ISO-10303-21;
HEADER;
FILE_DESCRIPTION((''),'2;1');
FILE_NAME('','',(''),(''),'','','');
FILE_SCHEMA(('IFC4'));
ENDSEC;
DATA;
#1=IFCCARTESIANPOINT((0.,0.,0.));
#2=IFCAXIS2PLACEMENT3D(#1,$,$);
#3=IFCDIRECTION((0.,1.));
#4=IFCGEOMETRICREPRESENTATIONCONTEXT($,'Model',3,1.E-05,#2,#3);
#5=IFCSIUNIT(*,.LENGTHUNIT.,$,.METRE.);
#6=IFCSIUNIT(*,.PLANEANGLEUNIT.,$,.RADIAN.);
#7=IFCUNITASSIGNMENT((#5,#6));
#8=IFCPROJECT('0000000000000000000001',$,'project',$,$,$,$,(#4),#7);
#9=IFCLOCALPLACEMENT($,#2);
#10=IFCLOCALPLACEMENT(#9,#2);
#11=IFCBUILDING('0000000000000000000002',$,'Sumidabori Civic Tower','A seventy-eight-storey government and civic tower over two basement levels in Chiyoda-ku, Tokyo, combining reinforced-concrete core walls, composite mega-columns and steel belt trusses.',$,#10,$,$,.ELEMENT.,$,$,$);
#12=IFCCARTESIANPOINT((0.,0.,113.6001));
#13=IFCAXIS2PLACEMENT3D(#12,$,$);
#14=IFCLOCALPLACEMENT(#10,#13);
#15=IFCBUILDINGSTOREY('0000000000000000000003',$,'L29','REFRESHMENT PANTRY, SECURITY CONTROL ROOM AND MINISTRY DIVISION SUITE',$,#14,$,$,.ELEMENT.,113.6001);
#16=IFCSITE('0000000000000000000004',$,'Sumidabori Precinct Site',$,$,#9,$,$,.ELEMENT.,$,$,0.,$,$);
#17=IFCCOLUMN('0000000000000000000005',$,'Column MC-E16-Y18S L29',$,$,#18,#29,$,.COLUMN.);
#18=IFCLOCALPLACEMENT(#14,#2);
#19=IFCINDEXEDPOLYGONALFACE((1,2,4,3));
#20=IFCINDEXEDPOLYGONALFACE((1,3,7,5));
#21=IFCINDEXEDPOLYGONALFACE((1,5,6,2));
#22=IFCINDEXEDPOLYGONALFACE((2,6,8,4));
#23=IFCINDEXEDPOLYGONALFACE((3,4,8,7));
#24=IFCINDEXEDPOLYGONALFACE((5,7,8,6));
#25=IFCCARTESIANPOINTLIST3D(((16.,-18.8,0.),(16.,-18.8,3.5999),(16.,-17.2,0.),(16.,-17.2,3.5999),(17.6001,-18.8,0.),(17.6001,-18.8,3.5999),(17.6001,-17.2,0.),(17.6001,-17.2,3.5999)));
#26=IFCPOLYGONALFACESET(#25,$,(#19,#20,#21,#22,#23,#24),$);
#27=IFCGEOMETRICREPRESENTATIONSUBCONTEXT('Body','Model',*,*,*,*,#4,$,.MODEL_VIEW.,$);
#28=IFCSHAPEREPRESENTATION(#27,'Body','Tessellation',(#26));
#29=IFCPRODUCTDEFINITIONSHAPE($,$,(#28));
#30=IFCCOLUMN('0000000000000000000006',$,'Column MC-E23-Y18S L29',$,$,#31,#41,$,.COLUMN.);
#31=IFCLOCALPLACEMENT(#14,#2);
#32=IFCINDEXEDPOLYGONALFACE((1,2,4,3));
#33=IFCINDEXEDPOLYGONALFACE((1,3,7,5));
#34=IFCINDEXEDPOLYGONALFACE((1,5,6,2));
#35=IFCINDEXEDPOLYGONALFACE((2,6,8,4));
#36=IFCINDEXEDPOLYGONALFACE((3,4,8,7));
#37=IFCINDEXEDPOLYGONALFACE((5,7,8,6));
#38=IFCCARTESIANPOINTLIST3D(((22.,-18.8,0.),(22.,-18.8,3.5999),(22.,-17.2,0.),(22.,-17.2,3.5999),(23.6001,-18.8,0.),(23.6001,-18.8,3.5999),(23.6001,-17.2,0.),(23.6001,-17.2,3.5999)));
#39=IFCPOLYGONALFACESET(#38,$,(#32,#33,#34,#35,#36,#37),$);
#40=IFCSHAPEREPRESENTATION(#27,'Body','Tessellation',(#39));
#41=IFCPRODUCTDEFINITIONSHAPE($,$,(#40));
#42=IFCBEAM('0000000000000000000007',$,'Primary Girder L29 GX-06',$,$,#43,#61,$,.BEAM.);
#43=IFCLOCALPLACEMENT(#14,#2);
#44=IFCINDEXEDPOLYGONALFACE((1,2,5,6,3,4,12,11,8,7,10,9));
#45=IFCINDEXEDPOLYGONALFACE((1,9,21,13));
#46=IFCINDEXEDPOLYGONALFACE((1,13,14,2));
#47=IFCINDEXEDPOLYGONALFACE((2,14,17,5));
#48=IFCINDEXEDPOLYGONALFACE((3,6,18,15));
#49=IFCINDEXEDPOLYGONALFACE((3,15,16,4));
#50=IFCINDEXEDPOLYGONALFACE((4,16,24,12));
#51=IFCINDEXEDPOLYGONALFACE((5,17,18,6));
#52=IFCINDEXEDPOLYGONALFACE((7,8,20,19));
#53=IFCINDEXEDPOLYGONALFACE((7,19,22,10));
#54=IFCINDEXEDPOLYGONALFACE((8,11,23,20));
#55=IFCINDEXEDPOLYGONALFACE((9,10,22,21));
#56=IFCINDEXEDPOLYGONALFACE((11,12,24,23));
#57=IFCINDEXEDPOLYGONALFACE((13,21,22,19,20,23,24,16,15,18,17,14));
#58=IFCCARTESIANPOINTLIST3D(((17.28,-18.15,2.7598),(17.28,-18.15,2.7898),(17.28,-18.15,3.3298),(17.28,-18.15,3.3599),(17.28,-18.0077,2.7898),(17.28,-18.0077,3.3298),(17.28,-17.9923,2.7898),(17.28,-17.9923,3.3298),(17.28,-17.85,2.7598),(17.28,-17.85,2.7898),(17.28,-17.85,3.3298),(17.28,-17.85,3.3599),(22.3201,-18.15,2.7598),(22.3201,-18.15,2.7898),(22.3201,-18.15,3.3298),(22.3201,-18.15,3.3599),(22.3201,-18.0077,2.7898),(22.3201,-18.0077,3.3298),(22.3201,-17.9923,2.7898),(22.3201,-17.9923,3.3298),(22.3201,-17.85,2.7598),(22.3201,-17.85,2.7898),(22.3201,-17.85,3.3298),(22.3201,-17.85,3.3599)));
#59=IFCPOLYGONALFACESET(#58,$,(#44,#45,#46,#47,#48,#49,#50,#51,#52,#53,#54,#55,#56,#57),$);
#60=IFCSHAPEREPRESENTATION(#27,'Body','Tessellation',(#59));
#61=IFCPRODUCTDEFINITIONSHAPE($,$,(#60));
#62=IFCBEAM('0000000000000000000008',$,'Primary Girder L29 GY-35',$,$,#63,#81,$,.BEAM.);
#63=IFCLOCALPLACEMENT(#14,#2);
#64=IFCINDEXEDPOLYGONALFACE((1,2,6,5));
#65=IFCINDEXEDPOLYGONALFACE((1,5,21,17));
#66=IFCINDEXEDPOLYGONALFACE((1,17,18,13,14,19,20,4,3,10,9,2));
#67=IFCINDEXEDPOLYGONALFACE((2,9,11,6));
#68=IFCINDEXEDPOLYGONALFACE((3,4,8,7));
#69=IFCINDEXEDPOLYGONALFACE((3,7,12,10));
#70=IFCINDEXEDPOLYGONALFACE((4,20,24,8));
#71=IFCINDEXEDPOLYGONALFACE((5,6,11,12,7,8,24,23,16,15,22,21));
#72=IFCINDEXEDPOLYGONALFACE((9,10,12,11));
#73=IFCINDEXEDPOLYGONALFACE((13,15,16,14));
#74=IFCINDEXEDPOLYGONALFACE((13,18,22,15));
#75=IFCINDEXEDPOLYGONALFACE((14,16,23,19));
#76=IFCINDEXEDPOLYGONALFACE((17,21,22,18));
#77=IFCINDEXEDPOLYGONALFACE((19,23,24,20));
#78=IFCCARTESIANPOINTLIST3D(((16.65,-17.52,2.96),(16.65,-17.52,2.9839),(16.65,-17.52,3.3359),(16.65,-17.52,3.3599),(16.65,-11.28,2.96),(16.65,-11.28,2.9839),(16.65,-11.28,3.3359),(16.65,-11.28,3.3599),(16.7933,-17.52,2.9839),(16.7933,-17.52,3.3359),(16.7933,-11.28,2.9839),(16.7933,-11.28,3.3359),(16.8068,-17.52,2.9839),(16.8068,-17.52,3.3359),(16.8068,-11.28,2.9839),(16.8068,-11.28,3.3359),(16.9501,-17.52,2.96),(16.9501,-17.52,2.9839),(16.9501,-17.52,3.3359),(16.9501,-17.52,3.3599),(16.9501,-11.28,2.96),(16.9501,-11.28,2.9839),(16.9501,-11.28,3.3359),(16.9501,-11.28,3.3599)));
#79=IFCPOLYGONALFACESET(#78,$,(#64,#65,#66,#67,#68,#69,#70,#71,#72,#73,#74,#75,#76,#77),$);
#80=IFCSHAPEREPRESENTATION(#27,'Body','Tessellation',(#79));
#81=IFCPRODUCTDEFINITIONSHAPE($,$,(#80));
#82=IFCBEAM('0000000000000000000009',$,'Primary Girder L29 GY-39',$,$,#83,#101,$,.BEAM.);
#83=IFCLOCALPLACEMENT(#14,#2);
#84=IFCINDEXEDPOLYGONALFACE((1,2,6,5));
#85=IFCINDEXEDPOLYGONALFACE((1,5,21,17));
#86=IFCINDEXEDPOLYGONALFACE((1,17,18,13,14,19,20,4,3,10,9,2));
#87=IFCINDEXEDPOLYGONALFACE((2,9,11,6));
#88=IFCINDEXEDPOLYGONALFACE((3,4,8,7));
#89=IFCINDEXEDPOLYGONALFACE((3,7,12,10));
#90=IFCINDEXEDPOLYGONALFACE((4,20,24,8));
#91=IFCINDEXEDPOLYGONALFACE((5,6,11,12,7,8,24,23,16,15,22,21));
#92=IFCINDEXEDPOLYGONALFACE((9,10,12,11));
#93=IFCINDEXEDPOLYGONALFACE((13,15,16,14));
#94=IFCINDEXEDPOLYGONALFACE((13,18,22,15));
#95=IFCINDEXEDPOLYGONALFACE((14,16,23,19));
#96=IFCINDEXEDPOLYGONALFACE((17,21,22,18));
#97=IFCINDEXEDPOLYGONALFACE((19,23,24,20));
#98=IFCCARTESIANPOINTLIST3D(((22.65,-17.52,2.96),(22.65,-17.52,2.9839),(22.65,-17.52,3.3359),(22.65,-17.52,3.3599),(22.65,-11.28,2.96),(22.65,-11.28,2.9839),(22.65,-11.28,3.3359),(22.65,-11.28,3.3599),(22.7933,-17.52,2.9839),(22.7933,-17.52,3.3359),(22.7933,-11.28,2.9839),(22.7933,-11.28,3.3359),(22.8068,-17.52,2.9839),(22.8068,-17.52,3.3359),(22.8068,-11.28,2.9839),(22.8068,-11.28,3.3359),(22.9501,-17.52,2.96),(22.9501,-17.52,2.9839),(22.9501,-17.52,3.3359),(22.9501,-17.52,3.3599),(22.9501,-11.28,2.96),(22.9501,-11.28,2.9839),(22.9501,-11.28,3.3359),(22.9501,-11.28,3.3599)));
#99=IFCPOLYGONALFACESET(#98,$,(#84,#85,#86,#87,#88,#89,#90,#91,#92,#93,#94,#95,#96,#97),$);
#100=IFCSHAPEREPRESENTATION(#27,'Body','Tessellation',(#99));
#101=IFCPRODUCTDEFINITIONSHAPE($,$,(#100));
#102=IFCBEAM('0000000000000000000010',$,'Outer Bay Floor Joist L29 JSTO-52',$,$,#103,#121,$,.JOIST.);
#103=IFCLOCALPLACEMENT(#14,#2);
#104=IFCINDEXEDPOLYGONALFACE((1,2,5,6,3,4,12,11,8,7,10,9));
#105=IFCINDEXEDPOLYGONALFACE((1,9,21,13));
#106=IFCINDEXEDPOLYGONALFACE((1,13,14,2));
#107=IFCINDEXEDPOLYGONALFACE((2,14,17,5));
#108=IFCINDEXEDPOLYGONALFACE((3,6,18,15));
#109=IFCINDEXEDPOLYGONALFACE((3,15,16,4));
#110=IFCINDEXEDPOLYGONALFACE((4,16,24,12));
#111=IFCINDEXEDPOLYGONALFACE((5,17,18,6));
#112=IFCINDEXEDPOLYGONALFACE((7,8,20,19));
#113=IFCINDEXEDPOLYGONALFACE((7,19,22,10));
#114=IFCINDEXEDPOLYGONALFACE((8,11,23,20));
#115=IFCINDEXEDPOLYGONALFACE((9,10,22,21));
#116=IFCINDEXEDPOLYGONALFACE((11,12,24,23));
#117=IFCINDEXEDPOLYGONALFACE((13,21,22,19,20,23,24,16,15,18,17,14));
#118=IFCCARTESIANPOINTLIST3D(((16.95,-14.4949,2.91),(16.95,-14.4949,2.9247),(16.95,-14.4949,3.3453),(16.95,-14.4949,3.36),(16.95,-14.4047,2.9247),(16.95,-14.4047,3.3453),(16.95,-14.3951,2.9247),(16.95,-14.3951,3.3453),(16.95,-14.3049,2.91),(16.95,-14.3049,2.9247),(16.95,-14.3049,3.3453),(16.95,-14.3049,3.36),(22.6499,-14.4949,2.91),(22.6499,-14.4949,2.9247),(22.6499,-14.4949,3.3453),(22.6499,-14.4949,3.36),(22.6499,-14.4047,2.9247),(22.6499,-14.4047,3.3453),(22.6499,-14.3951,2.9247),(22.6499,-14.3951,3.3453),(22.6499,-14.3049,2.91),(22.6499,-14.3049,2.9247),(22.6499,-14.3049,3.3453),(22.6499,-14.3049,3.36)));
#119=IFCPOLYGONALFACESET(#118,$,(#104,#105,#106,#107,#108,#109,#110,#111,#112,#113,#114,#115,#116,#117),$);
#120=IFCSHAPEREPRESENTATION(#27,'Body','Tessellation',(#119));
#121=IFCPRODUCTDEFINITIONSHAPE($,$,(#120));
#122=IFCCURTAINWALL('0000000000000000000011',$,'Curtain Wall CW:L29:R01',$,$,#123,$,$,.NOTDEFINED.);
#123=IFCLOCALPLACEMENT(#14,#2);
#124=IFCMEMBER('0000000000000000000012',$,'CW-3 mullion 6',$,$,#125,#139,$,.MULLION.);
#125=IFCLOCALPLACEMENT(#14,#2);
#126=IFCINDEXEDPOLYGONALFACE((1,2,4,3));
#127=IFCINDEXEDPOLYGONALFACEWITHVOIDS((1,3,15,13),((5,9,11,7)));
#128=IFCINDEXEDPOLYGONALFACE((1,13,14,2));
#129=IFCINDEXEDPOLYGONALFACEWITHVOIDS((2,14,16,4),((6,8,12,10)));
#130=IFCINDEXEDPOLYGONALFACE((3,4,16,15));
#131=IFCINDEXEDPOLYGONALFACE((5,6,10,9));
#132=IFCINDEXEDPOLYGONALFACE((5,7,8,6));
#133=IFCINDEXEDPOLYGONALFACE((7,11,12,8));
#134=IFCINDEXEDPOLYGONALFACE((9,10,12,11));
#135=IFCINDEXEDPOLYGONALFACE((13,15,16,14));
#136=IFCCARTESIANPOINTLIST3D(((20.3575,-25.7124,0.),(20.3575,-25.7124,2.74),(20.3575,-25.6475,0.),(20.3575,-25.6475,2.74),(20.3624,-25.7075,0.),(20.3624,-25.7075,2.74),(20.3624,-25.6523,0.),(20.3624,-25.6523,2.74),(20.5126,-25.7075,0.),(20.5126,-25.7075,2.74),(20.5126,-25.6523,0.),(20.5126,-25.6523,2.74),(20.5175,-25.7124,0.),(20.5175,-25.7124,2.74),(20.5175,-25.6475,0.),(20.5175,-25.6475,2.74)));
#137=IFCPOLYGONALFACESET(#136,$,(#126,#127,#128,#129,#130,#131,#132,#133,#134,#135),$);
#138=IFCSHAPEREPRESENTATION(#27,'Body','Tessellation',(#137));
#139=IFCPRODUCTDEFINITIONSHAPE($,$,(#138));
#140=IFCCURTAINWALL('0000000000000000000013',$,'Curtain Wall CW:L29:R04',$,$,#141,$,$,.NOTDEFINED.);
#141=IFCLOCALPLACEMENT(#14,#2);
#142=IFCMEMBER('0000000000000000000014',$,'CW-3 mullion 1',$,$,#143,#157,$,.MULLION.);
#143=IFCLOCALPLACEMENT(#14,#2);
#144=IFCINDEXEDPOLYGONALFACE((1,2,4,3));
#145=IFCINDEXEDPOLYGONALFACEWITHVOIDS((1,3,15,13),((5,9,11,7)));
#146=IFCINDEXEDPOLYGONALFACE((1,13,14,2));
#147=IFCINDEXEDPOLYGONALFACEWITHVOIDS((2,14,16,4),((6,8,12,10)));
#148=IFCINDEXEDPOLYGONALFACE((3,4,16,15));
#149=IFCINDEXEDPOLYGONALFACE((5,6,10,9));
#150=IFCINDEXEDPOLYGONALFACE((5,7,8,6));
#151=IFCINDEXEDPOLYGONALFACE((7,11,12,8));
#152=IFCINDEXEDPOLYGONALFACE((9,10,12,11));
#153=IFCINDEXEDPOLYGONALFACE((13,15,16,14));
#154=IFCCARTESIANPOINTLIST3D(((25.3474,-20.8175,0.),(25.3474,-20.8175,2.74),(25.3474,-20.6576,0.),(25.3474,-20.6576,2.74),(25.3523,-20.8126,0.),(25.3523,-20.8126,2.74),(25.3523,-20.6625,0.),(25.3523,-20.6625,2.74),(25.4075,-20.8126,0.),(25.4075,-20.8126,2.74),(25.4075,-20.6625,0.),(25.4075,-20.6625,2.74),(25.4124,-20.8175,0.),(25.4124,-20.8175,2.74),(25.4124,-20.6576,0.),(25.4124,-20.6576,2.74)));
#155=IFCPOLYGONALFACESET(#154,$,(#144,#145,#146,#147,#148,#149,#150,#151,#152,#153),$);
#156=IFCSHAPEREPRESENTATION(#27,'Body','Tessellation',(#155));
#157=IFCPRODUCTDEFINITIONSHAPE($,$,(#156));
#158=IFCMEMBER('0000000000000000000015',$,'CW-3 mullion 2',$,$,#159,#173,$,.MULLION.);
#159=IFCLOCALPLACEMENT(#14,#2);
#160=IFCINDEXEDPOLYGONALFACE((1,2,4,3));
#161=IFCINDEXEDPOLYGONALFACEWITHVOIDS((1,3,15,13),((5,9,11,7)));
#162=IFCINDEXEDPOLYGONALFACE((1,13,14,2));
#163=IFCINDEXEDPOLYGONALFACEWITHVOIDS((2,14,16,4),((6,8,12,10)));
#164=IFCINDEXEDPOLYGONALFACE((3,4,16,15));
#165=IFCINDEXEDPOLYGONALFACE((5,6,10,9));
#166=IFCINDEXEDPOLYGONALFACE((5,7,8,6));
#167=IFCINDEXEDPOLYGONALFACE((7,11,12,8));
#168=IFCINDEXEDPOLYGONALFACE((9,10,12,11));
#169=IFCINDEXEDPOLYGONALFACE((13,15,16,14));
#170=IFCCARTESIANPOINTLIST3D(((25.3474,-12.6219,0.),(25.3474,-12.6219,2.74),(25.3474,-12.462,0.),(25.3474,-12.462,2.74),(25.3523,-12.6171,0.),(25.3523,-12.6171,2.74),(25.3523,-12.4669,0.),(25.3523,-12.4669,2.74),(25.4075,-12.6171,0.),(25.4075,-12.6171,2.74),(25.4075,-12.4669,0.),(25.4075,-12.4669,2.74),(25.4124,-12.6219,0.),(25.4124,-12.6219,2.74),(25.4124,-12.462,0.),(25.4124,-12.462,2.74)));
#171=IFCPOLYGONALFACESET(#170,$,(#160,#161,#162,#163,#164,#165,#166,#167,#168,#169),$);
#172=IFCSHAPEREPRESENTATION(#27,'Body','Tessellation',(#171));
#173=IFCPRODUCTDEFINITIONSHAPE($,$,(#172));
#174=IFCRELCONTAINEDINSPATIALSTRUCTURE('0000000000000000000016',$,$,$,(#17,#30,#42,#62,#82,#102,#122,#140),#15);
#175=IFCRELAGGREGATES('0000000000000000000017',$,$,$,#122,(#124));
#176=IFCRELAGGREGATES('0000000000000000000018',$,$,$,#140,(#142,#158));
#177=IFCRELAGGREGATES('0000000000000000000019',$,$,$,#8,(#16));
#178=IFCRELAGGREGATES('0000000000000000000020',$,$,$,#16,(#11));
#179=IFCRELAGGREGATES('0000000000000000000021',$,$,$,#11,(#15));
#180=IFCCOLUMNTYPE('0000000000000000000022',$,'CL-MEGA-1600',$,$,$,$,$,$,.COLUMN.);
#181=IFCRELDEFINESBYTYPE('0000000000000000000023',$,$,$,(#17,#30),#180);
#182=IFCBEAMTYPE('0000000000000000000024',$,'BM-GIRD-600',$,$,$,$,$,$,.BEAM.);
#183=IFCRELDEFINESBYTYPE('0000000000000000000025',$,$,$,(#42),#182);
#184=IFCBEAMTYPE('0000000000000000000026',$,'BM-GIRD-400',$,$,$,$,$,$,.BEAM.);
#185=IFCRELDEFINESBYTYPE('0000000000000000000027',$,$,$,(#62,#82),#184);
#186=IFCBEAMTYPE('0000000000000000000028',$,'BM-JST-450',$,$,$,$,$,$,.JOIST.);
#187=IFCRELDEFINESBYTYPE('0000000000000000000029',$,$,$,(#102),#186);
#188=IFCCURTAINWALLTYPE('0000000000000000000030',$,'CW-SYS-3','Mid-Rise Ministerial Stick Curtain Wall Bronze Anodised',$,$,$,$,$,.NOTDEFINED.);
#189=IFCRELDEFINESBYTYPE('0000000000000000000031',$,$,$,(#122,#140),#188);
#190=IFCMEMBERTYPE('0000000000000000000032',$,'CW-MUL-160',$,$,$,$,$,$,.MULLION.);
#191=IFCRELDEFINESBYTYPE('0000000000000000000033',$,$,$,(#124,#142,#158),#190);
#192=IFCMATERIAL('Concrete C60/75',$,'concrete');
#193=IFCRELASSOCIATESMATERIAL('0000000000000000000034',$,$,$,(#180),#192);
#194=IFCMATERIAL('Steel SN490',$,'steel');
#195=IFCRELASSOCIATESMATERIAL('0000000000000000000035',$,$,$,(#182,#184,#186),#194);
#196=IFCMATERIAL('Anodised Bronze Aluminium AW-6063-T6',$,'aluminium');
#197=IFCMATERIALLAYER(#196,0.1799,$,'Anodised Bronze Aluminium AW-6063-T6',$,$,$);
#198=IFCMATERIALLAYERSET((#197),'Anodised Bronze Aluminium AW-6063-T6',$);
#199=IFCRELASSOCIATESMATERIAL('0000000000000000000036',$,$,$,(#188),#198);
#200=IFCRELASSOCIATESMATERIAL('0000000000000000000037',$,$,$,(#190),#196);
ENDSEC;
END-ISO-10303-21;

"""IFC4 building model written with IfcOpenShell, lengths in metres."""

from ifc_helpers import new_model, si_unit, direction, frame, origin, origin_2d, place, context, subcontext, project, spatial, rectangle, hollow_rectangle, i_section, extrude, source, transform, mapped, material, layer, layer_set, material_profile, profile_set, type_object, element, aggregate, save


model = new_model("IFC4")

# Units and contexts
model_context = context("Model", 3, precision=1e-05, world=origin(), true_north=direction((0.0, 1.0)))
body_context = subcontext(model_context, "Body", "Model", "MODEL_VIEW")
ifc_project = project(units=[si_unit("LENGTHUNIT", "METRE"), si_unit("PLANEANGLEUNIT", "RADIAN")], contexts=[model_context])

# Site, building, storey
site_placement = place(None, origin())
site = spatial("IfcSite", under=ifc_project, at=site_placement, Name="Sumidabori Precinct Site", CompositionType="ELEMENT", RefElevation=0.0)
building_placement = place(site_placement, origin())
building = spatial("IfcBuilding", under=site, at=building_placement, Name="Sumidabori Civic Tower", Description="A seventy-eight-storey government and civic tower over two basement levels in Chiyoda-ku, Tokyo, combining reinforced-concrete core walls, composite mega-columns and steel belt trusses.", CompositionType="ELEMENT")
storey_placement = place(building_placement, frame((0.0, 0.0, 113.6001)))
storey = spatial("IfcBuildingStorey", under=building, at=storey_placement, Name="L29", Description="REFRESHMENT PANTRY, SECURITY CONTROL ROOM AND MINISTRY DIVISION SUITE", CompositionType="ELEMENT", Elevation=113.6001)

# Columns
ifc_material_1 = material(Name="Concrete C60/75", Category="concrete")
ifc_material_profile_1 = material_profile(ifc_material_1, rectangle(XDim=1.6001, YDim=1.6001, at=origin_2d()), Name="RC 1600x1600")
ifc_profile_set_1 = profile_set([ifc_material_profile_1], Name="Concrete C60/75")
column_type = type_object("IfcColumnType", Name="CL-MEGA-1600", PredefinedType="COLUMN", material=ifc_profile_set_1)
shared_shape_1 = source(origin(), body_context, "Body", "SweptSolid", [
    extrude(rectangle(XDim=1.6001, YDim=1.6001, at=origin_2d()), origin(), (0.0, 0.0, 1.0), 3.5999),
])
for number, where, z_axis, x_axis, name in (
    (1, (16.8, -18.0, 0.0), (0.0, 0.0, 1.0), (1.0, 0.0, 0.0), "Column MC-E16-Y18S L29"),
    (2, (22.8, -18.0, 0.0), (0.0, 0.0, 1.0), (1.0, 0.0, 0.0), "Column MC-E23-Y18S L29"),
):
    element("IfcColumn", number, at=place(storey_placement, frame(where, z_axis=z_axis, x_axis=x_axis)), inside=storey, type_object=column_type, Name=name, PredefinedType="COLUMN", context=body_context, shape_type="MappedRepresentation", body=[
        mapped(shared_shape_1, transform((0.0, 0.0, 0.0), x_axis=(1.0, 0.0, 0.0), y_axis=(0.0, 1.0, 0.0), z_axis=(0.0, 0.0, 1.0), scale=1.0)),
    ])

# Beams
ifc_material_2 = material(Name="Steel SN490", Category="steel")
ifc_material_profile_2 = material_profile(ifc_material_2, i_section(OverallWidth=0.3, OverallDepth=0.6001, WebThickness=0.0154, FlangeThickness=0.03, at=origin_2d()), Name="HE 600 B")
ifc_profile_set_2 = profile_set([ifc_material_profile_2], Name="Steel SN490")
beam_type_1 = type_object("IfcBeamType", Name="BM-GIRD-600", PredefinedType="BEAM", material=ifc_profile_set_2)
shared_shape_2 = source(origin(), body_context, "Body", "SweptSolid", [
    extrude(i_section(OverallWidth=0.3, OverallDepth=0.6001, WebThickness=0.0154, FlangeThickness=0.03, at=origin_2d()), origin(), (0.0, 0.0, 1.0), 5.04),
])
beam_1_placement = place(storey_placement, frame((17.28, -18.0, 3.0598), z_axis=(1.0, 0.0, 0.0), x_axis=(0.0, 1.0, 0.0)))
element("IfcBeam", 3, at=beam_1_placement, inside=storey, type_object=beam_type_1, Name="Primary Girder L29 GX-06", PredefinedType="BEAM", context=body_context, shape_type="MappedRepresentation", body=[
    mapped(shared_shape_2, transform((0.0, 0.0, 0.0), x_axis=(1.0, 0.0, 0.0), y_axis=(0.0, 1.0, 0.0), z_axis=(0.0, 0.0, 1.0), scale=1.0)),
])
ifc_material_profile_3 = material_profile(ifc_material_2, i_section(OverallWidth=0.3, OverallDepth=0.3999, WebThickness=0.0134, FlangeThickness=0.0239, at=origin_2d()), Name="HE 400 B")
ifc_profile_set_3 = profile_set([ifc_material_profile_3], Name="Steel SN490")
beam_type_2 = type_object("IfcBeamType", Name="BM-GIRD-400", PredefinedType="BEAM", material=ifc_profile_set_3)
shared_shape_3 = source(origin(), body_context, "Body", "SweptSolid", [
    extrude(i_section(OverallWidth=0.3, OverallDepth=0.3999, WebThickness=0.0134, FlangeThickness=0.0239, at=origin_2d()), origin(), (0.0, 0.0, 1.0), 6.24),
])
for number, where, z_axis, x_axis, name in (
    (4, (16.8, -17.52, 3.1599), (0.0, 1.0, 0.0), (-1.0, 0.0, 0.0), "Primary Girder L29 GY-35"),
    (5, (22.8, -17.52, 3.1599), (0.0, 1.0, 0.0), (-1.0, 0.0, 0.0), "Primary Girder L29 GY-39"),
):
    element("IfcBeam", number, at=place(storey_placement, frame(where, z_axis=z_axis, x_axis=x_axis)), inside=storey, type_object=beam_type_2, Name=name, PredefinedType="BEAM", context=body_context, shape_type="MappedRepresentation", body=[
        mapped(shared_shape_3, transform((0.0, 0.0, 0.0), x_axis=(1.0, 0.0, 0.0), y_axis=(0.0, 1.0, 0.0), z_axis=(0.0, 0.0, 1.0), scale=1.0)),
    ])
ifc_material_profile_4 = material_profile(ifc_material_2, i_section(OverallWidth=0.1899, OverallDepth=0.45, WebThickness=0.0095, FlangeThickness=0.0146, at=origin_2d()), Name="IPE 450")
ifc_profile_set_4 = profile_set([ifc_material_profile_4], Name="Steel SN490")
beam_type_3 = type_object("IfcBeamType", Name="BM-JST-450", PredefinedType="JOIST", material=ifc_profile_set_4)
shared_shape_4 = source(origin(), body_context, "Body", "SweptSolid", [
    extrude(i_section(OverallWidth=0.1899, OverallDepth=0.45, WebThickness=0.0095, FlangeThickness=0.0146, at=origin_2d()), origin(), (0.0, 0.0, 1.0), 5.7),
])
beam_2_placement = place(storey_placement, frame((16.95, -14.3999, 3.135), z_axis=(1.0, 0.0, 0.0), x_axis=(0.0, 1.0, 0.0)))
element("IfcBeam", 6, at=beam_2_placement, inside=storey, type_object=beam_type_3, Name="Outer Bay Floor Joist L29 JSTO-52", PredefinedType="JOIST", context=body_context, shape_type="MappedRepresentation", body=[
    mapped(shared_shape_4, transform((0.0, 0.0, 0.0), x_axis=(1.0, 0.0, 0.0), y_axis=(0.0, 1.0, 0.0), z_axis=(0.0, 0.0, 1.0), scale=1.0)),
])

# Curtain wall, member
ifc_material_3 = material(Name="Anodised Bronze Aluminium AW-6063-T6", Category="aluminium")
ifc_layer_1 = layer(ifc_material_3, 0.1799, Name="Anodised Bronze Aluminium AW-6063-T6")
ifc_layer_set_1 = layer_set([ifc_layer_1], Name="Anodised Bronze Aluminium AW-6063-T6")
curtain_wall_type = type_object("IfcCurtainWallType", Name="CW-SYS-3", Description="Mid-Rise Ministerial Stick Curtain Wall Bronze Anodised", PredefinedType="NOTDEFINED", material=ifc_layer_set_1)
curtain_wall_1_placement = place(storey_placement, origin())
curtain_wall_1 = element("IfcCurtainWall", 7, at=curtain_wall_1_placement, inside=storey, type_object=curtain_wall_type, Name="Curtain Wall CW:L29:R01", PredefinedType="NOTDEFINED")
ifc_material_profile_5 = material_profile(ifc_material_3, hollow_rectangle(XDim=0.0649, YDim=0.1599, WallThickness=0.0049, at=origin_2d()), Name="ALU MULLION 160x65")
ifc_profile_set_5 = profile_set([ifc_material_profile_5], Name="Anodised Bronze Aluminium AW-6063-T6")
member_type_1 = type_object("IfcMemberType", Name="CW-MUL-160", PredefinedType="MULLION", material=ifc_profile_set_5)
shared_shape_5 = source(origin(), body_context, "Body", "SweptSolid", [
    extrude(hollow_rectangle(XDim=0.0649, YDim=0.1599, WallThickness=0.0049, at=origin_2d()), origin(), (0.0, 0.0, 1.0), 2.74),
])
member_1_placement = place(storey_placement, frame((20.4375, -25.6799, 0.0), z_axis=(0.0, 0.0, 1.0), x_axis=(0.0, 1.0, 0.0)))
member_1 = element("IfcMember", 8, at=member_1_placement, type_object=member_type_1, Name="CW-3 mullion 6", PredefinedType="MULLION", context=body_context, shape_type="MappedRepresentation", body=[
    mapped(shared_shape_5, transform((0.0, 0.0, 0.0), x_axis=(1.0, 0.0, 0.0), y_axis=(0.0, 1.0, 0.0), z_axis=(0.0, 0.0, 1.0), scale=1.0)),
])

# Curtain wall, members
curtain_wall_2_placement = place(storey_placement, origin())
curtain_wall_2 = element("IfcCurtainWall", 9, at=curtain_wall_2_placement, inside=storey, type_object=curtain_wall_type, Name="Curtain Wall CW:L29:R04", PredefinedType="NOTDEFINED")
member_2_placement = place(storey_placement, frame((25.3799, -20.7375, 0.0), z_axis=(0.0, 0.0, 1.0), x_axis=(-1.0, 0.0, 0.0)))
member_2 = element("IfcMember", 10, at=member_2_placement, type_object=member_type_1, Name="CW-3 mullion 1", PredefinedType="MULLION", context=body_context, shape_type="MappedRepresentation", body=[
    mapped(shared_shape_5, transform((0.0, 0.0, 0.0), x_axis=(1.0, 0.0, 0.0), y_axis=(0.0, 1.0, 0.0), z_axis=(0.0, 0.0, 1.0), scale=1.0)),
])
member_3_placement = place(storey_placement, frame((25.3799, -12.542, 0.0), z_axis=(0.0, 0.0, 1.0), x_axis=(-1.0, 0.0, 0.0)))
member_3 = element("IfcMember", 11, at=member_3_placement, type_object=member_type_1, Name="CW-3 mullion 2", PredefinedType="MULLION", context=body_context, shape_type="MappedRepresentation", body=[
    mapped(shared_shape_5, transform((0.0, 0.0, 0.0), x_axis=(1.0, 0.0, 0.0), y_axis=(0.0, 1.0, 0.0), z_axis=(0.0, 0.0, 1.0), scale=1.0)),
])

aggregate(curtain_wall_1, [member_1])
aggregate(curtain_wall_2, [member_2, member_3])

save(model, "model.ifc")
